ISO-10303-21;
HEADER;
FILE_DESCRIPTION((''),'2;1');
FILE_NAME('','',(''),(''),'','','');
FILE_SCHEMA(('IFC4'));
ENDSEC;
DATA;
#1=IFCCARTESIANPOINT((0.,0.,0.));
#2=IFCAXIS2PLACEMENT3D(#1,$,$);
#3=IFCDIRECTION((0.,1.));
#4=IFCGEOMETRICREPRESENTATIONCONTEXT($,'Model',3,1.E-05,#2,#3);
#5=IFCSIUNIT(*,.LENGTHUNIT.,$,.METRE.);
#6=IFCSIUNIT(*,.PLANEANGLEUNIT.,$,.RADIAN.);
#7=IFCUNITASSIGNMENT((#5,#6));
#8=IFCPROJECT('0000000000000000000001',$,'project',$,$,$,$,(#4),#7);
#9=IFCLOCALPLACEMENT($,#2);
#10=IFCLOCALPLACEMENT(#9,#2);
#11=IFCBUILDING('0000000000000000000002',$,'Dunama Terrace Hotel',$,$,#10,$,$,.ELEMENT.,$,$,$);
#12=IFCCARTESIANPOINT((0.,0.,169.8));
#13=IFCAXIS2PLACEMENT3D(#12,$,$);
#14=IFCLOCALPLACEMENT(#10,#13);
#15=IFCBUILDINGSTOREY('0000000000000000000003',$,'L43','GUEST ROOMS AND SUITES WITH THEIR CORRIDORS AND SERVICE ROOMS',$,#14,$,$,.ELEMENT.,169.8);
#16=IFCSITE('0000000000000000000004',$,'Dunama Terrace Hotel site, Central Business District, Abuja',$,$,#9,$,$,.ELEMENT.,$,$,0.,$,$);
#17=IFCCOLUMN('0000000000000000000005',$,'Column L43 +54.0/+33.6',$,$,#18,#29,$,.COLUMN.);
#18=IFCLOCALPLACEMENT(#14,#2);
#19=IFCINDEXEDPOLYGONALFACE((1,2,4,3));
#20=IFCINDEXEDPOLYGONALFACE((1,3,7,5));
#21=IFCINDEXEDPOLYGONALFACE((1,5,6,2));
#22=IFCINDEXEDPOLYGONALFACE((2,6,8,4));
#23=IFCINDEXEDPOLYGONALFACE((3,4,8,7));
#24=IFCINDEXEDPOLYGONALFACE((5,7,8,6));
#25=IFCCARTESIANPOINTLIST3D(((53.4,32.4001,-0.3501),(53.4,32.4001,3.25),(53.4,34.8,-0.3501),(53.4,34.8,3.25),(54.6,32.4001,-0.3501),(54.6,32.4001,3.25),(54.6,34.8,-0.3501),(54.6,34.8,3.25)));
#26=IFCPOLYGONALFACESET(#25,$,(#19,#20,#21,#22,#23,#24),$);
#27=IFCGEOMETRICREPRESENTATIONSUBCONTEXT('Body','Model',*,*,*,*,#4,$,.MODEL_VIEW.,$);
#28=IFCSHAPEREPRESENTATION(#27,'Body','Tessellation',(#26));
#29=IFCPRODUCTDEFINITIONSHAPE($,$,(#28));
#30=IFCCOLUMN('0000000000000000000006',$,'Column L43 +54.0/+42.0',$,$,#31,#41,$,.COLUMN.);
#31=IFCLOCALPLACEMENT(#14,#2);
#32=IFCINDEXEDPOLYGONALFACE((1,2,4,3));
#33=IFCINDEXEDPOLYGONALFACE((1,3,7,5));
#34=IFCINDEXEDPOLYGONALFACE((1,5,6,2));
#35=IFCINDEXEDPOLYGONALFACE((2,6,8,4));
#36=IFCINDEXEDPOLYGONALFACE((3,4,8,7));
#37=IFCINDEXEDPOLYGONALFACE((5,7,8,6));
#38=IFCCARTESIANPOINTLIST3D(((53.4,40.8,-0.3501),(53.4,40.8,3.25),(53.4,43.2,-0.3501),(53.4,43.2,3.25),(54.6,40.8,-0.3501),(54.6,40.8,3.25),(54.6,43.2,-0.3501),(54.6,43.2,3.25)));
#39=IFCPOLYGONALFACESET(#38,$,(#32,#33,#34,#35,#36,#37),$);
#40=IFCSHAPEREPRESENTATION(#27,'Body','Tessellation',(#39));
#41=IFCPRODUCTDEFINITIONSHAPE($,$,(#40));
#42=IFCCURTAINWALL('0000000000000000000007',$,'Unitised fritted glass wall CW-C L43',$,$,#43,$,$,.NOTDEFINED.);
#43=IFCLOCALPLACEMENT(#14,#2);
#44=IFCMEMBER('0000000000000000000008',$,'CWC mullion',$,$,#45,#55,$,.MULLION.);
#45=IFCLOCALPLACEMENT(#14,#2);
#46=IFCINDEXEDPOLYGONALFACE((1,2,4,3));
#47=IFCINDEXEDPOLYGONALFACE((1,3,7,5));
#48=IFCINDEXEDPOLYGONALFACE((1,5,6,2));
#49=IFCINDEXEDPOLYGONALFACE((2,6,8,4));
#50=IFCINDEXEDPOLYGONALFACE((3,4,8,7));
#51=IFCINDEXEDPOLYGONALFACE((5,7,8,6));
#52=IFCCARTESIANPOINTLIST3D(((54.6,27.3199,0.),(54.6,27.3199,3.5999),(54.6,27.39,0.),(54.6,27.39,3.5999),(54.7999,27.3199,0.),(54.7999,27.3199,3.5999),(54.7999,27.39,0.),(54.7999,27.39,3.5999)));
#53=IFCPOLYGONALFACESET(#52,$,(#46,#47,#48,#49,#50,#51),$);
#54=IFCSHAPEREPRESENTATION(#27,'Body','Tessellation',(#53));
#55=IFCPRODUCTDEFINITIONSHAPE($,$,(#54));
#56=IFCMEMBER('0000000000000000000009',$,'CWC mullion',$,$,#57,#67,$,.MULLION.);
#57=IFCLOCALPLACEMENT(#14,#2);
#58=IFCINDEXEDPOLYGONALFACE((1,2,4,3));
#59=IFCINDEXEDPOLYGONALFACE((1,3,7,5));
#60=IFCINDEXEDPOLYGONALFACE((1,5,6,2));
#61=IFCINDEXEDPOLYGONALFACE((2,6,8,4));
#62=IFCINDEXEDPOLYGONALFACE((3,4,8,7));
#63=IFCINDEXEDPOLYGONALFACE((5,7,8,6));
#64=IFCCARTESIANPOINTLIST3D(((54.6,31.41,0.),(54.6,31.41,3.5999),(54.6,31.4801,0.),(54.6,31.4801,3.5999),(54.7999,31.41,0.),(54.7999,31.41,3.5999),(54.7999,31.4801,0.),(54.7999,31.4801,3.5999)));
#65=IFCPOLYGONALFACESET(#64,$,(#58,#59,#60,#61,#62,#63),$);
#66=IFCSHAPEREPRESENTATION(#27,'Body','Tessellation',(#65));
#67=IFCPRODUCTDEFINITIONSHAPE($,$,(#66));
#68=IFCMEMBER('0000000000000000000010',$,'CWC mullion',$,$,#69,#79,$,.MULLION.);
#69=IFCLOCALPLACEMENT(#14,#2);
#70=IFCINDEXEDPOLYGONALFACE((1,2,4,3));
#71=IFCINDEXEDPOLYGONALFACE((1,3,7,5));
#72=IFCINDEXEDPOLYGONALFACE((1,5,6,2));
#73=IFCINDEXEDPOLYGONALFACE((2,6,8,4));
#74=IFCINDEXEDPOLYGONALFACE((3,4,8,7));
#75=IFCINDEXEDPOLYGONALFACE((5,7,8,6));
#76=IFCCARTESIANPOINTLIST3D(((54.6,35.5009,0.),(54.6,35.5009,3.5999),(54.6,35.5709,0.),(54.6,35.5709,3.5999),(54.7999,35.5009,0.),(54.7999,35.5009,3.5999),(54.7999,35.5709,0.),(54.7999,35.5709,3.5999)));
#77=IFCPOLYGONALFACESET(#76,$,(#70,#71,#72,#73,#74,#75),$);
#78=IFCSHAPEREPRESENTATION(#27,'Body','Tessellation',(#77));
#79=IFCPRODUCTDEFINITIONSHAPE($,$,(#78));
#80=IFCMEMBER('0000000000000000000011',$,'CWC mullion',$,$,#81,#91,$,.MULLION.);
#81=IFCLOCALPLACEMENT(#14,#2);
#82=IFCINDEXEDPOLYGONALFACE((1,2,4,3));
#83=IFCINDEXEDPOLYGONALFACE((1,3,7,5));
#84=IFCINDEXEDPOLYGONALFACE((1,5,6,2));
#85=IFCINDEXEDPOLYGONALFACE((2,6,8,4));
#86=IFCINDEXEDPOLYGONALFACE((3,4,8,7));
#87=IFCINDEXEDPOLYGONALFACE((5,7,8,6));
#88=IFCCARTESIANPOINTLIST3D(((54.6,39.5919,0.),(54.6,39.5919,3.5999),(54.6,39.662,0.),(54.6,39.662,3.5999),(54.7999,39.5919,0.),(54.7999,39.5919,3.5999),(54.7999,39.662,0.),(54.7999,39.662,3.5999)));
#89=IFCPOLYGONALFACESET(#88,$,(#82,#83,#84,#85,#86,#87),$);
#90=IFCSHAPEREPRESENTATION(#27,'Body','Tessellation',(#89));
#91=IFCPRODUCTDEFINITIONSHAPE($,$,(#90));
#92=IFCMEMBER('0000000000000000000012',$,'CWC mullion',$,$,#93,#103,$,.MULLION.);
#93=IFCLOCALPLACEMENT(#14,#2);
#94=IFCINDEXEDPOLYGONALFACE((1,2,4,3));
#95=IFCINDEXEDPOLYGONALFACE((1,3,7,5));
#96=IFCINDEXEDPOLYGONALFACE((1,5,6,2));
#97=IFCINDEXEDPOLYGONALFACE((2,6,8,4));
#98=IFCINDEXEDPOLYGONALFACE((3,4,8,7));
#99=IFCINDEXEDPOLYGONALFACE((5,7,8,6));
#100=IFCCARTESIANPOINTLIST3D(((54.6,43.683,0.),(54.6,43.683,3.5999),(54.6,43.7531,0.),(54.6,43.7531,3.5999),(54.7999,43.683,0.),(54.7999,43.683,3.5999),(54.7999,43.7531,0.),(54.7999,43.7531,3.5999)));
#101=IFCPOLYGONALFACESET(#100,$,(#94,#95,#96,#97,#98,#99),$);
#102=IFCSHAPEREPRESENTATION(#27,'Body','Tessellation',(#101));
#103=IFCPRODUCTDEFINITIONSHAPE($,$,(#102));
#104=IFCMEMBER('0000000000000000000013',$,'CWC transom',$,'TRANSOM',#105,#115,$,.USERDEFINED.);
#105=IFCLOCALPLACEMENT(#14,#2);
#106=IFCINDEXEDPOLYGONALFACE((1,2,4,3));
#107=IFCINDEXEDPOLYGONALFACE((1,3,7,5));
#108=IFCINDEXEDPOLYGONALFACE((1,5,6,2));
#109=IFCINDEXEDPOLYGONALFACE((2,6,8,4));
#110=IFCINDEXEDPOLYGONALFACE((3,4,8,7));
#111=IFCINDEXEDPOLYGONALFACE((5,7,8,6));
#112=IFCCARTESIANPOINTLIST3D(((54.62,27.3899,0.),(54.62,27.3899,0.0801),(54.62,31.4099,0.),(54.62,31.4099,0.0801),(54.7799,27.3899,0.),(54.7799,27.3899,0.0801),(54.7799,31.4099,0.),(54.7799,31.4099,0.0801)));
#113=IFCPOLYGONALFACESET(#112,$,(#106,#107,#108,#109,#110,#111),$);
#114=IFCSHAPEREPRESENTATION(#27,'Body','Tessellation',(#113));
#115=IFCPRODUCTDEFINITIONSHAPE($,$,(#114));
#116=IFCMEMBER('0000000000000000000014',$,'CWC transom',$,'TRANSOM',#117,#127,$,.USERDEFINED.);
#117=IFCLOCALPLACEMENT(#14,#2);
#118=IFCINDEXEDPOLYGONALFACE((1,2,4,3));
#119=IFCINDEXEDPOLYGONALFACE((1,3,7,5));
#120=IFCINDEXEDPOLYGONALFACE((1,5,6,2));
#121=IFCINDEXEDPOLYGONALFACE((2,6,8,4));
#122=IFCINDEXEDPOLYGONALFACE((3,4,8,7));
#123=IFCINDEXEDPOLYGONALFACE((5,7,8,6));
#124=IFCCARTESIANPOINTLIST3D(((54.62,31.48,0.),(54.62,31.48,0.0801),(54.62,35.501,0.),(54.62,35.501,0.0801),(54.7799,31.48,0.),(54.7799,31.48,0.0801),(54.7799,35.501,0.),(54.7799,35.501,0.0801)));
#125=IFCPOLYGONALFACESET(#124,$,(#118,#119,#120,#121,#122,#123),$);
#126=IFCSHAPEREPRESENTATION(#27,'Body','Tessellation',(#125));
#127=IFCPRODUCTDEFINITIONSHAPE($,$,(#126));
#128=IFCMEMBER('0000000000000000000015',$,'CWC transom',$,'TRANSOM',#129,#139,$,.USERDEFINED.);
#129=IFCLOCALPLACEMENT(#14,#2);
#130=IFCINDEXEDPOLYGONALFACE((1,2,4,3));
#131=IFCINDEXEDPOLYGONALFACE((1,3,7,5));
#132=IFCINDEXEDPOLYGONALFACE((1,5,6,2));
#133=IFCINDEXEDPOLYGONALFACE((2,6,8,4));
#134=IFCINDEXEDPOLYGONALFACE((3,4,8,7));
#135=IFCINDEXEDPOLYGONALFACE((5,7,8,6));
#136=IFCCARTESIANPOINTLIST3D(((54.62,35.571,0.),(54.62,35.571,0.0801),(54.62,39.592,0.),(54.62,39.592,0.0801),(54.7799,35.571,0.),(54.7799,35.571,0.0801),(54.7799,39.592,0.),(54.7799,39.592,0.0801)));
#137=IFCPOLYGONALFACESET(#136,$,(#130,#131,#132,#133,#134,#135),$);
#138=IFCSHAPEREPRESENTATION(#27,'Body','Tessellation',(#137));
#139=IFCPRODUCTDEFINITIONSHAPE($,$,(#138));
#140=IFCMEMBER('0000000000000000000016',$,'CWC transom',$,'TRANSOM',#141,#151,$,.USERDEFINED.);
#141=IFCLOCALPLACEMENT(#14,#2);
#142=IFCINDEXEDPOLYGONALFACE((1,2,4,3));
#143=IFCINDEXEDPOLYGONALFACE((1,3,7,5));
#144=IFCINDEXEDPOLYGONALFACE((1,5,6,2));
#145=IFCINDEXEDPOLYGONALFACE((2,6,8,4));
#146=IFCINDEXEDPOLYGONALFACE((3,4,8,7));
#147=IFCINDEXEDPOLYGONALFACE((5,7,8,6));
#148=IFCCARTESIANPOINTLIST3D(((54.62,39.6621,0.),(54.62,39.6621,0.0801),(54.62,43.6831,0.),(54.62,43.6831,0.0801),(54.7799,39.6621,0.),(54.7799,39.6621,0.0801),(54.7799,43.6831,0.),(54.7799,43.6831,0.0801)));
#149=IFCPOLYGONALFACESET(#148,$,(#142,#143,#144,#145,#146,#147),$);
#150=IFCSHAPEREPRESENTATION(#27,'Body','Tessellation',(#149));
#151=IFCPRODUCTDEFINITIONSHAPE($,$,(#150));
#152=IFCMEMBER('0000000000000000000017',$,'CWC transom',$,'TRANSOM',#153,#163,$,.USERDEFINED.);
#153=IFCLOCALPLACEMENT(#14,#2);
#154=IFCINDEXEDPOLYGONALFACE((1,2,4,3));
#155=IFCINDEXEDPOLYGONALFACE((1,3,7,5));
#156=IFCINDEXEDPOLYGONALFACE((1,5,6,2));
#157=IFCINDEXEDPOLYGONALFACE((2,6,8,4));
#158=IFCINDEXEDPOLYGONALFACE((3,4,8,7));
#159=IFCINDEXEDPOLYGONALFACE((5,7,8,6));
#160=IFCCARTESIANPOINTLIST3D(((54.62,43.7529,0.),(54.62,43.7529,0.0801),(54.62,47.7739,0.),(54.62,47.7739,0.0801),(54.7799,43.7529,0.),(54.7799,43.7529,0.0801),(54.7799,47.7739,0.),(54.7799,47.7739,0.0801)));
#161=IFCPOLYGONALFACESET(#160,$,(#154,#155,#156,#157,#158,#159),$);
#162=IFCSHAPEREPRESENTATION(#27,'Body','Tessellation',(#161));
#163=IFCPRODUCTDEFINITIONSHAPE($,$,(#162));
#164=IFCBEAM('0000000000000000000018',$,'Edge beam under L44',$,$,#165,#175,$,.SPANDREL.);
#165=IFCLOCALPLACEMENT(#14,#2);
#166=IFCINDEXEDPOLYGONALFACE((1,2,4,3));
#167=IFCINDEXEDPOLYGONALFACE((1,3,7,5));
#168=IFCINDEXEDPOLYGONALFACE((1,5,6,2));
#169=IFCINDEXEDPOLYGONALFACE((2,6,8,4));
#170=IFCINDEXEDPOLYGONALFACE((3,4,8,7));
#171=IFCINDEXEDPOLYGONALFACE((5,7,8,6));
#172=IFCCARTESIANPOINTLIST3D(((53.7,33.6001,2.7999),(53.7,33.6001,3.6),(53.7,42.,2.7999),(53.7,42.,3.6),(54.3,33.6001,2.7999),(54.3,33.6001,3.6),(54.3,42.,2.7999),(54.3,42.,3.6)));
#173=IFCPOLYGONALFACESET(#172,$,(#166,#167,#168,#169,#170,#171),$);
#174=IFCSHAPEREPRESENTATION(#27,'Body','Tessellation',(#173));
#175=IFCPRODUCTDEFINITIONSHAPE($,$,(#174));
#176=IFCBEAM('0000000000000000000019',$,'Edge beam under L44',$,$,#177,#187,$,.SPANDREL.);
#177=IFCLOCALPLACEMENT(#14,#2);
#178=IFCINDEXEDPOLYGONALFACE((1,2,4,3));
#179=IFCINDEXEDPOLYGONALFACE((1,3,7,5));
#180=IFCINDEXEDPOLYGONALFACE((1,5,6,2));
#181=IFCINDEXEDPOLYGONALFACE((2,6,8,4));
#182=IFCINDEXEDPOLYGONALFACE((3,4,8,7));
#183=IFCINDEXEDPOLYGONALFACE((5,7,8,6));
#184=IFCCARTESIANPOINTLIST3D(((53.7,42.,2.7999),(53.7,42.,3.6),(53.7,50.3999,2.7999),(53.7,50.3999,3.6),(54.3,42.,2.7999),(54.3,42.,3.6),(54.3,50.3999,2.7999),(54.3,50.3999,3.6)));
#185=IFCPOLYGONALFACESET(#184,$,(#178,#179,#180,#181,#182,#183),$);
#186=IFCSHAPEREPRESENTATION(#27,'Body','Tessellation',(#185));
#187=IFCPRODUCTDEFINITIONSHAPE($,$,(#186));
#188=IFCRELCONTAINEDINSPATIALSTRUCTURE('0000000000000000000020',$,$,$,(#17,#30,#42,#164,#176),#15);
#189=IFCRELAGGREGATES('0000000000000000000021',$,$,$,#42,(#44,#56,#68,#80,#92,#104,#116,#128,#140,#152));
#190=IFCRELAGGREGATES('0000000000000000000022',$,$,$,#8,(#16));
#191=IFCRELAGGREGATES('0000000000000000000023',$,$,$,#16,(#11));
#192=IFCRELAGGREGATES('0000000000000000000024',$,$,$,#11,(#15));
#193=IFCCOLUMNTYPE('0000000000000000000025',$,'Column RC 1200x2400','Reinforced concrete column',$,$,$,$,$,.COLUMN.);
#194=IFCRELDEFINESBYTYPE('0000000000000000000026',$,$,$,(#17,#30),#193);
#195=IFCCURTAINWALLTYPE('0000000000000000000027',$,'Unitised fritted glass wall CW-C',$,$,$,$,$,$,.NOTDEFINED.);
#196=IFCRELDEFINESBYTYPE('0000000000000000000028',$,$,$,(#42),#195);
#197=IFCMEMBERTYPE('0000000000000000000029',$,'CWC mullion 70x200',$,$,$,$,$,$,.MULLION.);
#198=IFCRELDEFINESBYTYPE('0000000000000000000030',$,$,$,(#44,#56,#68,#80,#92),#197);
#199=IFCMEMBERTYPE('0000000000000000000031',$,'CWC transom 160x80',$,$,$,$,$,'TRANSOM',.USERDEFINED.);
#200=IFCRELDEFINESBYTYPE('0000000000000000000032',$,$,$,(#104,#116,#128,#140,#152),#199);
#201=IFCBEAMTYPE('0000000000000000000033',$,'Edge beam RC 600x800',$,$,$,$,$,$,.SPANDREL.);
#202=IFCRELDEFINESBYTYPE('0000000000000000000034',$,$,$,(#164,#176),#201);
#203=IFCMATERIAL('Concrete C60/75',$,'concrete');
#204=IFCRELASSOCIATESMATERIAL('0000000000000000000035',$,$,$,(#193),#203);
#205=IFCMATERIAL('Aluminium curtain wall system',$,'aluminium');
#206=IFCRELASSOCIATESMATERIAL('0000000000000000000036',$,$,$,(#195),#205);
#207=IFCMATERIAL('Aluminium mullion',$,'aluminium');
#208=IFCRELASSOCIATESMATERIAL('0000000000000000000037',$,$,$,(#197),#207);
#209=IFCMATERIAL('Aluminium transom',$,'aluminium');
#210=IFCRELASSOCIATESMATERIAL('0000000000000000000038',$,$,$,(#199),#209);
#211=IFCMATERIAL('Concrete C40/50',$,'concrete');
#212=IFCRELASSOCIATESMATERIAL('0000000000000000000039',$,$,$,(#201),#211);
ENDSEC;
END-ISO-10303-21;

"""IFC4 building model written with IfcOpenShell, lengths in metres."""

from ifc_helpers import new_model, si_unit, direction, frame, origin, origin_2d, place, context, subcontext, project, spatial, rectangle, extrude, material, material_profile, profile_set, type_object, element, aggregate, save


model = new_model("IFC4")

# Units and contexts
model_context = context("Model", 3, precision=1e-05, world=origin(), true_north=direction((0.0, 1.0)))
body_context = subcontext(model_context, "Body", "Model", "MODEL_VIEW")
ifc_project = project(units=[si_unit("LENGTHUNIT", "METRE"), si_unit("PLANEANGLEUNIT", "RADIAN")], contexts=[model_context])

# Site, building, storey
site_placement = place(None, origin())
site = spatial("IfcSite", under=ifc_project, at=site_placement, Name="Dunama Terrace Hotel site, Central Business District, Abuja", CompositionType="ELEMENT", RefElevation=0.0)
building_placement = place(site_placement, origin())
building = spatial("IfcBuilding", under=site, at=building_placement, Name="Dunama Terrace Hotel", CompositionType="ELEMENT")
storey_placement = place(building_placement, frame((0.0, 0.0, 169.8)))
storey = spatial("IfcBuildingStorey", under=building, at=storey_placement, Name="L43", Description="GUEST ROOMS AND SUITES WITH THEIR CORRIDORS AND SERVICE ROOMS", CompositionType="ELEMENT", Elevation=169.8)

# Columns
ifc_material_1 = material(Name="Concrete C60/75", Category="concrete")
ifc_material_profile_1 = material_profile(ifc_material_1, rectangle(XDim=1.2, YDim=2.3999, at=origin_2d()), Name="RC 1200x2400")
ifc_profile_set_1 = profile_set([ifc_material_profile_1], Name="Concrete C60/75")
column_type = type_object("IfcColumnType", Name="Column RC 1200x2400", Description="Reinforced concrete column", PredefinedType="COLUMN", material=ifc_profile_set_1)
for number, where, z_axis, x_axis, name in (
    (1, (54.0, 33.6001, -0.3501), (0.0, 0.0, 1.0), (1.0, 0.0, 0.0), "Column L43 +54.0/+33.6"),
    (2, (54.0, 42.0, -0.3501), (0.0, 0.0, 1.0), (1.0, 0.0, 0.0), "Column L43 +54.0/+42.0"),
):
    element("IfcColumn", number, at=place(storey_placement, frame(where, z_axis=z_axis, x_axis=x_axis)), inside=storey, type_object=column_type, Name=name, PredefinedType="COLUMN", context=body_context, shape_type="SweptSolid", body=[
        extrude(rectangle(XDim=1.2, YDim=2.3999, at=origin_2d()), origin(), (0.0, 0.0, 1.0), 3.6001),
    ])

# Curtain wall, members
ifc_material_2 = material(Name="Aluminium curtain wall system", Category="aluminium")
curtain_wall_type = type_object("IfcCurtainWallType", Name="Unitised fritted glass wall CW-C", PredefinedType="NOTDEFINED", material=ifc_material_2)
curtain_wall_placement = place(storey_placement, origin())
curtain_wall = element("IfcCurtainWall", 3, at=curtain_wall_placement, inside=storey, type_object=curtain_wall_type, Name="Unitised fritted glass wall CW-C L43", PredefinedType="NOTDEFINED")
ifc_material_3 = material(Name="Aluminium mullion", Category="aluminium")
ifc_material_profile_2 = material_profile(ifc_material_3, rectangle(XDim=0.0701, YDim=0.2, at=origin_2d()), Name="CWC MULLION 70X200")
ifc_profile_set_2 = profile_set([ifc_material_profile_2], Name="Aluminium mullion")
member_type_1 = type_object("IfcMemberType", Name="CWC mullion 70x200", PredefinedType="MULLION", material=ifc_profile_set_2)
member_1_placement = place(storey_placement, frame((54.7, 27.355, 0.0), z_axis=(0.0, 0.0, 1.0), x_axis=(0.0, 1.0, 0.0)))
member_1 = element("IfcMember", 4, at=member_1_placement, type_object=member_type_1, Name="CWC mullion", PredefinedType="MULLION", context=body_context, shape_type="SweptSolid", body=[
    extrude(rectangle(XDim=0.0701, YDim=0.2, at=origin_2d()), origin(), (0.0, 0.0, 1.0), 3.5999),
])
member_2_placement = place(storey_placement, frame((54.7, 31.4451, 0.0), z_axis=(0.0, 0.0, 1.0), x_axis=(0.0, 1.0, 0.0)))
member_2 = element("IfcMember", 5, at=member_2_placement, type_object=member_type_1, Name="CWC mullion", PredefinedType="MULLION", context=body_context, shape_type="SweptSolid", body=[
    extrude(rectangle(XDim=0.0701, YDim=0.2, at=origin_2d()), origin(), (0.0, 0.0, 1.0), 3.5999),
])
member_3_placement = place(storey_placement, frame((54.7, 35.5359, 0.0), z_axis=(0.0, 0.0, 1.0), x_axis=(0.0, 1.0, 0.0)))
member_3 = element("IfcMember", 6, at=member_3_placement, type_object=member_type_1, Name="CWC mullion", PredefinedType="MULLION", context=body_context, shape_type="SweptSolid", body=[
    extrude(rectangle(XDim=0.0701, YDim=0.2, at=origin_2d()), origin(), (0.0, 0.0, 1.0), 3.5999),
])
member_4_placement = place(storey_placement, frame((54.7, 39.627, 0.0), z_axis=(0.0, 0.0, 1.0), x_axis=(0.0, 1.0, 0.0)))
member_4 = element("IfcMember", 7, at=member_4_placement, type_object=member_type_1, Name="CWC mullion", PredefinedType="MULLION", context=body_context, shape_type="SweptSolid", body=[
    extrude(rectangle(XDim=0.0701, YDim=0.2, at=origin_2d()), origin(), (0.0, 0.0, 1.0), 3.5999),
])
member_5_placement = place(storey_placement, frame((54.7, 43.718, 0.0), z_axis=(0.0, 0.0, 1.0), x_axis=(0.0, 1.0, 0.0)))
member_5 = element("IfcMember", 8, at=member_5_placement, type_object=member_type_1, Name="CWC mullion", PredefinedType="MULLION", context=body_context, shape_type="SweptSolid", body=[
    extrude(rectangle(XDim=0.0701, YDim=0.2, at=origin_2d()), origin(), (0.0, 0.0, 1.0), 3.5999),
])
ifc_material_4 = material(Name="Aluminium transom", Category="aluminium")
ifc_material_profile_3 = material_profile(ifc_material_4, rectangle(XDim=0.1599, YDim=0.0801, at=origin_2d()), Name="CWC TRANSOM 160X80")
ifc_profile_set_3 = profile_set([ifc_material_profile_3], Name="Aluminium transom")
member_type_2 = type_object("IfcMemberType", Name="CWC transom 160x80", ElementType="TRANSOM", PredefinedType="USERDEFINED", material=ifc_profile_set_3)
member_6_placement = place(storey_placement, frame((54.7, 27.3899, 0.04), z_axis=(0.0, 1.0, 0.0), x_axis=(-1.0, 0.0, 0.0)))
member_6 = element("IfcMember", 9, at=member_6_placement, type_object=member_type_2, Name="CWC transom", ObjectType="TRANSOM", PredefinedType="USERDEFINED", context=body_context, shape_type="SweptSolid", body=[
    extrude(rectangle(XDim=0.1599, YDim=0.0801, at=origin_2d()), origin(), (0.0, 0.0, 1.0), 4.02),
])
member_7_placement = place(storey_placement, frame((54.7, 31.48, 0.04), z_axis=(0.0, 1.0, 0.0), x_axis=(-1.0, 0.0, 0.0)))
member_7 = element("IfcMember", 10, at=member_7_placement, type_object=member_type_2, Name="CWC transom", ObjectType="TRANSOM", PredefinedType="USERDEFINED", context=body_context, shape_type="SweptSolid", body=[
    extrude(rectangle(XDim=0.1599, YDim=0.0801, at=origin_2d()), origin(), (0.0, 0.0, 1.0), 4.021),
])
member_8_placement = place(storey_placement, frame((54.7, 35.571, 0.04), z_axis=(0.0, 1.0, 0.0), x_axis=(-1.0, 0.0, 0.0)))
member_8 = element("IfcMember", 11, at=member_8_placement, type_object=member_type_2, Name="CWC transom", ObjectType="TRANSOM", PredefinedType="USERDEFINED", context=body_context, shape_type="SweptSolid", body=[
    extrude(rectangle(XDim=0.1599, YDim=0.0801, at=origin_2d()), origin(), (0.0, 0.0, 1.0), 4.021),
])
member_9_placement = place(storey_placement, frame((54.7, 39.6621, 0.04), z_axis=(0.0, 1.0, 0.0), x_axis=(-1.0, 0.0, 0.0)))
member_9 = element("IfcMember", 12, at=member_9_placement, type_object=member_type_2, Name="CWC transom", ObjectType="TRANSOM", PredefinedType="USERDEFINED", context=body_context, shape_type="SweptSolid", body=[
    extrude(rectangle(XDim=0.1599, YDim=0.0801, at=origin_2d()), origin(), (0.0, 0.0, 1.0), 4.021),
])
member_10_placement = place(storey_placement, frame((54.7, 43.7529, 0.04), z_axis=(0.0, 1.0, 0.0), x_axis=(-1.0, 0.0, 0.0)))
member_10 = element("IfcMember", 13, at=member_10_placement, type_object=member_type_2, Name="CWC transom", ObjectType="TRANSOM", PredefinedType="USERDEFINED", context=body_context, shape_type="SweptSolid", body=[
    extrude(rectangle(XDim=0.1599, YDim=0.0801, at=origin_2d()), origin(), (0.0, 0.0, 1.0), 4.021),
])

# Beams
ifc_material_5 = material(Name="Concrete C40/50", Category="concrete")
ifc_material_profile_4 = material_profile(ifc_material_5, rectangle(XDim=0.6001, YDim=0.8, at=origin_2d()), Name="RC 600x800")
ifc_profile_set_4 = profile_set([ifc_material_profile_4], Name="Concrete C40/50")
beam_type = type_object("IfcBeamType", Name="Edge beam RC 600x800", PredefinedType="SPANDREL", material=ifc_profile_set_4)
for number, where, z_axis, x_axis, name in (
    (14, (54.0, 33.6001, 3.2), (0.0, 1.0, 0.0), (-1.0, 0.0, 0.0), "Edge beam under L44"),
    (15, (54.0, 42.0, 3.2), (0.0, 1.0, 0.0), (-1.0, 0.0, 0.0), "Edge beam under L44"),
):
    element("IfcBeam", number, at=place(storey_placement, frame(where, z_axis=z_axis, x_axis=x_axis)), inside=storey, type_object=beam_type, Name=name, PredefinedType="SPANDREL", context=body_context, shape_type="SweptSolid", body=[
        extrude(rectangle(XDim=0.6001, YDim=0.8, at=origin_2d()), origin(), (0.0, 0.0, 1.0), 8.3999),
    ])

aggregate(curtain_wall, [member_1, member_2, member_3, member_4, member_5, member_6, member_7, member_8, member_9, member_10])

save(model, "model.ifc")
